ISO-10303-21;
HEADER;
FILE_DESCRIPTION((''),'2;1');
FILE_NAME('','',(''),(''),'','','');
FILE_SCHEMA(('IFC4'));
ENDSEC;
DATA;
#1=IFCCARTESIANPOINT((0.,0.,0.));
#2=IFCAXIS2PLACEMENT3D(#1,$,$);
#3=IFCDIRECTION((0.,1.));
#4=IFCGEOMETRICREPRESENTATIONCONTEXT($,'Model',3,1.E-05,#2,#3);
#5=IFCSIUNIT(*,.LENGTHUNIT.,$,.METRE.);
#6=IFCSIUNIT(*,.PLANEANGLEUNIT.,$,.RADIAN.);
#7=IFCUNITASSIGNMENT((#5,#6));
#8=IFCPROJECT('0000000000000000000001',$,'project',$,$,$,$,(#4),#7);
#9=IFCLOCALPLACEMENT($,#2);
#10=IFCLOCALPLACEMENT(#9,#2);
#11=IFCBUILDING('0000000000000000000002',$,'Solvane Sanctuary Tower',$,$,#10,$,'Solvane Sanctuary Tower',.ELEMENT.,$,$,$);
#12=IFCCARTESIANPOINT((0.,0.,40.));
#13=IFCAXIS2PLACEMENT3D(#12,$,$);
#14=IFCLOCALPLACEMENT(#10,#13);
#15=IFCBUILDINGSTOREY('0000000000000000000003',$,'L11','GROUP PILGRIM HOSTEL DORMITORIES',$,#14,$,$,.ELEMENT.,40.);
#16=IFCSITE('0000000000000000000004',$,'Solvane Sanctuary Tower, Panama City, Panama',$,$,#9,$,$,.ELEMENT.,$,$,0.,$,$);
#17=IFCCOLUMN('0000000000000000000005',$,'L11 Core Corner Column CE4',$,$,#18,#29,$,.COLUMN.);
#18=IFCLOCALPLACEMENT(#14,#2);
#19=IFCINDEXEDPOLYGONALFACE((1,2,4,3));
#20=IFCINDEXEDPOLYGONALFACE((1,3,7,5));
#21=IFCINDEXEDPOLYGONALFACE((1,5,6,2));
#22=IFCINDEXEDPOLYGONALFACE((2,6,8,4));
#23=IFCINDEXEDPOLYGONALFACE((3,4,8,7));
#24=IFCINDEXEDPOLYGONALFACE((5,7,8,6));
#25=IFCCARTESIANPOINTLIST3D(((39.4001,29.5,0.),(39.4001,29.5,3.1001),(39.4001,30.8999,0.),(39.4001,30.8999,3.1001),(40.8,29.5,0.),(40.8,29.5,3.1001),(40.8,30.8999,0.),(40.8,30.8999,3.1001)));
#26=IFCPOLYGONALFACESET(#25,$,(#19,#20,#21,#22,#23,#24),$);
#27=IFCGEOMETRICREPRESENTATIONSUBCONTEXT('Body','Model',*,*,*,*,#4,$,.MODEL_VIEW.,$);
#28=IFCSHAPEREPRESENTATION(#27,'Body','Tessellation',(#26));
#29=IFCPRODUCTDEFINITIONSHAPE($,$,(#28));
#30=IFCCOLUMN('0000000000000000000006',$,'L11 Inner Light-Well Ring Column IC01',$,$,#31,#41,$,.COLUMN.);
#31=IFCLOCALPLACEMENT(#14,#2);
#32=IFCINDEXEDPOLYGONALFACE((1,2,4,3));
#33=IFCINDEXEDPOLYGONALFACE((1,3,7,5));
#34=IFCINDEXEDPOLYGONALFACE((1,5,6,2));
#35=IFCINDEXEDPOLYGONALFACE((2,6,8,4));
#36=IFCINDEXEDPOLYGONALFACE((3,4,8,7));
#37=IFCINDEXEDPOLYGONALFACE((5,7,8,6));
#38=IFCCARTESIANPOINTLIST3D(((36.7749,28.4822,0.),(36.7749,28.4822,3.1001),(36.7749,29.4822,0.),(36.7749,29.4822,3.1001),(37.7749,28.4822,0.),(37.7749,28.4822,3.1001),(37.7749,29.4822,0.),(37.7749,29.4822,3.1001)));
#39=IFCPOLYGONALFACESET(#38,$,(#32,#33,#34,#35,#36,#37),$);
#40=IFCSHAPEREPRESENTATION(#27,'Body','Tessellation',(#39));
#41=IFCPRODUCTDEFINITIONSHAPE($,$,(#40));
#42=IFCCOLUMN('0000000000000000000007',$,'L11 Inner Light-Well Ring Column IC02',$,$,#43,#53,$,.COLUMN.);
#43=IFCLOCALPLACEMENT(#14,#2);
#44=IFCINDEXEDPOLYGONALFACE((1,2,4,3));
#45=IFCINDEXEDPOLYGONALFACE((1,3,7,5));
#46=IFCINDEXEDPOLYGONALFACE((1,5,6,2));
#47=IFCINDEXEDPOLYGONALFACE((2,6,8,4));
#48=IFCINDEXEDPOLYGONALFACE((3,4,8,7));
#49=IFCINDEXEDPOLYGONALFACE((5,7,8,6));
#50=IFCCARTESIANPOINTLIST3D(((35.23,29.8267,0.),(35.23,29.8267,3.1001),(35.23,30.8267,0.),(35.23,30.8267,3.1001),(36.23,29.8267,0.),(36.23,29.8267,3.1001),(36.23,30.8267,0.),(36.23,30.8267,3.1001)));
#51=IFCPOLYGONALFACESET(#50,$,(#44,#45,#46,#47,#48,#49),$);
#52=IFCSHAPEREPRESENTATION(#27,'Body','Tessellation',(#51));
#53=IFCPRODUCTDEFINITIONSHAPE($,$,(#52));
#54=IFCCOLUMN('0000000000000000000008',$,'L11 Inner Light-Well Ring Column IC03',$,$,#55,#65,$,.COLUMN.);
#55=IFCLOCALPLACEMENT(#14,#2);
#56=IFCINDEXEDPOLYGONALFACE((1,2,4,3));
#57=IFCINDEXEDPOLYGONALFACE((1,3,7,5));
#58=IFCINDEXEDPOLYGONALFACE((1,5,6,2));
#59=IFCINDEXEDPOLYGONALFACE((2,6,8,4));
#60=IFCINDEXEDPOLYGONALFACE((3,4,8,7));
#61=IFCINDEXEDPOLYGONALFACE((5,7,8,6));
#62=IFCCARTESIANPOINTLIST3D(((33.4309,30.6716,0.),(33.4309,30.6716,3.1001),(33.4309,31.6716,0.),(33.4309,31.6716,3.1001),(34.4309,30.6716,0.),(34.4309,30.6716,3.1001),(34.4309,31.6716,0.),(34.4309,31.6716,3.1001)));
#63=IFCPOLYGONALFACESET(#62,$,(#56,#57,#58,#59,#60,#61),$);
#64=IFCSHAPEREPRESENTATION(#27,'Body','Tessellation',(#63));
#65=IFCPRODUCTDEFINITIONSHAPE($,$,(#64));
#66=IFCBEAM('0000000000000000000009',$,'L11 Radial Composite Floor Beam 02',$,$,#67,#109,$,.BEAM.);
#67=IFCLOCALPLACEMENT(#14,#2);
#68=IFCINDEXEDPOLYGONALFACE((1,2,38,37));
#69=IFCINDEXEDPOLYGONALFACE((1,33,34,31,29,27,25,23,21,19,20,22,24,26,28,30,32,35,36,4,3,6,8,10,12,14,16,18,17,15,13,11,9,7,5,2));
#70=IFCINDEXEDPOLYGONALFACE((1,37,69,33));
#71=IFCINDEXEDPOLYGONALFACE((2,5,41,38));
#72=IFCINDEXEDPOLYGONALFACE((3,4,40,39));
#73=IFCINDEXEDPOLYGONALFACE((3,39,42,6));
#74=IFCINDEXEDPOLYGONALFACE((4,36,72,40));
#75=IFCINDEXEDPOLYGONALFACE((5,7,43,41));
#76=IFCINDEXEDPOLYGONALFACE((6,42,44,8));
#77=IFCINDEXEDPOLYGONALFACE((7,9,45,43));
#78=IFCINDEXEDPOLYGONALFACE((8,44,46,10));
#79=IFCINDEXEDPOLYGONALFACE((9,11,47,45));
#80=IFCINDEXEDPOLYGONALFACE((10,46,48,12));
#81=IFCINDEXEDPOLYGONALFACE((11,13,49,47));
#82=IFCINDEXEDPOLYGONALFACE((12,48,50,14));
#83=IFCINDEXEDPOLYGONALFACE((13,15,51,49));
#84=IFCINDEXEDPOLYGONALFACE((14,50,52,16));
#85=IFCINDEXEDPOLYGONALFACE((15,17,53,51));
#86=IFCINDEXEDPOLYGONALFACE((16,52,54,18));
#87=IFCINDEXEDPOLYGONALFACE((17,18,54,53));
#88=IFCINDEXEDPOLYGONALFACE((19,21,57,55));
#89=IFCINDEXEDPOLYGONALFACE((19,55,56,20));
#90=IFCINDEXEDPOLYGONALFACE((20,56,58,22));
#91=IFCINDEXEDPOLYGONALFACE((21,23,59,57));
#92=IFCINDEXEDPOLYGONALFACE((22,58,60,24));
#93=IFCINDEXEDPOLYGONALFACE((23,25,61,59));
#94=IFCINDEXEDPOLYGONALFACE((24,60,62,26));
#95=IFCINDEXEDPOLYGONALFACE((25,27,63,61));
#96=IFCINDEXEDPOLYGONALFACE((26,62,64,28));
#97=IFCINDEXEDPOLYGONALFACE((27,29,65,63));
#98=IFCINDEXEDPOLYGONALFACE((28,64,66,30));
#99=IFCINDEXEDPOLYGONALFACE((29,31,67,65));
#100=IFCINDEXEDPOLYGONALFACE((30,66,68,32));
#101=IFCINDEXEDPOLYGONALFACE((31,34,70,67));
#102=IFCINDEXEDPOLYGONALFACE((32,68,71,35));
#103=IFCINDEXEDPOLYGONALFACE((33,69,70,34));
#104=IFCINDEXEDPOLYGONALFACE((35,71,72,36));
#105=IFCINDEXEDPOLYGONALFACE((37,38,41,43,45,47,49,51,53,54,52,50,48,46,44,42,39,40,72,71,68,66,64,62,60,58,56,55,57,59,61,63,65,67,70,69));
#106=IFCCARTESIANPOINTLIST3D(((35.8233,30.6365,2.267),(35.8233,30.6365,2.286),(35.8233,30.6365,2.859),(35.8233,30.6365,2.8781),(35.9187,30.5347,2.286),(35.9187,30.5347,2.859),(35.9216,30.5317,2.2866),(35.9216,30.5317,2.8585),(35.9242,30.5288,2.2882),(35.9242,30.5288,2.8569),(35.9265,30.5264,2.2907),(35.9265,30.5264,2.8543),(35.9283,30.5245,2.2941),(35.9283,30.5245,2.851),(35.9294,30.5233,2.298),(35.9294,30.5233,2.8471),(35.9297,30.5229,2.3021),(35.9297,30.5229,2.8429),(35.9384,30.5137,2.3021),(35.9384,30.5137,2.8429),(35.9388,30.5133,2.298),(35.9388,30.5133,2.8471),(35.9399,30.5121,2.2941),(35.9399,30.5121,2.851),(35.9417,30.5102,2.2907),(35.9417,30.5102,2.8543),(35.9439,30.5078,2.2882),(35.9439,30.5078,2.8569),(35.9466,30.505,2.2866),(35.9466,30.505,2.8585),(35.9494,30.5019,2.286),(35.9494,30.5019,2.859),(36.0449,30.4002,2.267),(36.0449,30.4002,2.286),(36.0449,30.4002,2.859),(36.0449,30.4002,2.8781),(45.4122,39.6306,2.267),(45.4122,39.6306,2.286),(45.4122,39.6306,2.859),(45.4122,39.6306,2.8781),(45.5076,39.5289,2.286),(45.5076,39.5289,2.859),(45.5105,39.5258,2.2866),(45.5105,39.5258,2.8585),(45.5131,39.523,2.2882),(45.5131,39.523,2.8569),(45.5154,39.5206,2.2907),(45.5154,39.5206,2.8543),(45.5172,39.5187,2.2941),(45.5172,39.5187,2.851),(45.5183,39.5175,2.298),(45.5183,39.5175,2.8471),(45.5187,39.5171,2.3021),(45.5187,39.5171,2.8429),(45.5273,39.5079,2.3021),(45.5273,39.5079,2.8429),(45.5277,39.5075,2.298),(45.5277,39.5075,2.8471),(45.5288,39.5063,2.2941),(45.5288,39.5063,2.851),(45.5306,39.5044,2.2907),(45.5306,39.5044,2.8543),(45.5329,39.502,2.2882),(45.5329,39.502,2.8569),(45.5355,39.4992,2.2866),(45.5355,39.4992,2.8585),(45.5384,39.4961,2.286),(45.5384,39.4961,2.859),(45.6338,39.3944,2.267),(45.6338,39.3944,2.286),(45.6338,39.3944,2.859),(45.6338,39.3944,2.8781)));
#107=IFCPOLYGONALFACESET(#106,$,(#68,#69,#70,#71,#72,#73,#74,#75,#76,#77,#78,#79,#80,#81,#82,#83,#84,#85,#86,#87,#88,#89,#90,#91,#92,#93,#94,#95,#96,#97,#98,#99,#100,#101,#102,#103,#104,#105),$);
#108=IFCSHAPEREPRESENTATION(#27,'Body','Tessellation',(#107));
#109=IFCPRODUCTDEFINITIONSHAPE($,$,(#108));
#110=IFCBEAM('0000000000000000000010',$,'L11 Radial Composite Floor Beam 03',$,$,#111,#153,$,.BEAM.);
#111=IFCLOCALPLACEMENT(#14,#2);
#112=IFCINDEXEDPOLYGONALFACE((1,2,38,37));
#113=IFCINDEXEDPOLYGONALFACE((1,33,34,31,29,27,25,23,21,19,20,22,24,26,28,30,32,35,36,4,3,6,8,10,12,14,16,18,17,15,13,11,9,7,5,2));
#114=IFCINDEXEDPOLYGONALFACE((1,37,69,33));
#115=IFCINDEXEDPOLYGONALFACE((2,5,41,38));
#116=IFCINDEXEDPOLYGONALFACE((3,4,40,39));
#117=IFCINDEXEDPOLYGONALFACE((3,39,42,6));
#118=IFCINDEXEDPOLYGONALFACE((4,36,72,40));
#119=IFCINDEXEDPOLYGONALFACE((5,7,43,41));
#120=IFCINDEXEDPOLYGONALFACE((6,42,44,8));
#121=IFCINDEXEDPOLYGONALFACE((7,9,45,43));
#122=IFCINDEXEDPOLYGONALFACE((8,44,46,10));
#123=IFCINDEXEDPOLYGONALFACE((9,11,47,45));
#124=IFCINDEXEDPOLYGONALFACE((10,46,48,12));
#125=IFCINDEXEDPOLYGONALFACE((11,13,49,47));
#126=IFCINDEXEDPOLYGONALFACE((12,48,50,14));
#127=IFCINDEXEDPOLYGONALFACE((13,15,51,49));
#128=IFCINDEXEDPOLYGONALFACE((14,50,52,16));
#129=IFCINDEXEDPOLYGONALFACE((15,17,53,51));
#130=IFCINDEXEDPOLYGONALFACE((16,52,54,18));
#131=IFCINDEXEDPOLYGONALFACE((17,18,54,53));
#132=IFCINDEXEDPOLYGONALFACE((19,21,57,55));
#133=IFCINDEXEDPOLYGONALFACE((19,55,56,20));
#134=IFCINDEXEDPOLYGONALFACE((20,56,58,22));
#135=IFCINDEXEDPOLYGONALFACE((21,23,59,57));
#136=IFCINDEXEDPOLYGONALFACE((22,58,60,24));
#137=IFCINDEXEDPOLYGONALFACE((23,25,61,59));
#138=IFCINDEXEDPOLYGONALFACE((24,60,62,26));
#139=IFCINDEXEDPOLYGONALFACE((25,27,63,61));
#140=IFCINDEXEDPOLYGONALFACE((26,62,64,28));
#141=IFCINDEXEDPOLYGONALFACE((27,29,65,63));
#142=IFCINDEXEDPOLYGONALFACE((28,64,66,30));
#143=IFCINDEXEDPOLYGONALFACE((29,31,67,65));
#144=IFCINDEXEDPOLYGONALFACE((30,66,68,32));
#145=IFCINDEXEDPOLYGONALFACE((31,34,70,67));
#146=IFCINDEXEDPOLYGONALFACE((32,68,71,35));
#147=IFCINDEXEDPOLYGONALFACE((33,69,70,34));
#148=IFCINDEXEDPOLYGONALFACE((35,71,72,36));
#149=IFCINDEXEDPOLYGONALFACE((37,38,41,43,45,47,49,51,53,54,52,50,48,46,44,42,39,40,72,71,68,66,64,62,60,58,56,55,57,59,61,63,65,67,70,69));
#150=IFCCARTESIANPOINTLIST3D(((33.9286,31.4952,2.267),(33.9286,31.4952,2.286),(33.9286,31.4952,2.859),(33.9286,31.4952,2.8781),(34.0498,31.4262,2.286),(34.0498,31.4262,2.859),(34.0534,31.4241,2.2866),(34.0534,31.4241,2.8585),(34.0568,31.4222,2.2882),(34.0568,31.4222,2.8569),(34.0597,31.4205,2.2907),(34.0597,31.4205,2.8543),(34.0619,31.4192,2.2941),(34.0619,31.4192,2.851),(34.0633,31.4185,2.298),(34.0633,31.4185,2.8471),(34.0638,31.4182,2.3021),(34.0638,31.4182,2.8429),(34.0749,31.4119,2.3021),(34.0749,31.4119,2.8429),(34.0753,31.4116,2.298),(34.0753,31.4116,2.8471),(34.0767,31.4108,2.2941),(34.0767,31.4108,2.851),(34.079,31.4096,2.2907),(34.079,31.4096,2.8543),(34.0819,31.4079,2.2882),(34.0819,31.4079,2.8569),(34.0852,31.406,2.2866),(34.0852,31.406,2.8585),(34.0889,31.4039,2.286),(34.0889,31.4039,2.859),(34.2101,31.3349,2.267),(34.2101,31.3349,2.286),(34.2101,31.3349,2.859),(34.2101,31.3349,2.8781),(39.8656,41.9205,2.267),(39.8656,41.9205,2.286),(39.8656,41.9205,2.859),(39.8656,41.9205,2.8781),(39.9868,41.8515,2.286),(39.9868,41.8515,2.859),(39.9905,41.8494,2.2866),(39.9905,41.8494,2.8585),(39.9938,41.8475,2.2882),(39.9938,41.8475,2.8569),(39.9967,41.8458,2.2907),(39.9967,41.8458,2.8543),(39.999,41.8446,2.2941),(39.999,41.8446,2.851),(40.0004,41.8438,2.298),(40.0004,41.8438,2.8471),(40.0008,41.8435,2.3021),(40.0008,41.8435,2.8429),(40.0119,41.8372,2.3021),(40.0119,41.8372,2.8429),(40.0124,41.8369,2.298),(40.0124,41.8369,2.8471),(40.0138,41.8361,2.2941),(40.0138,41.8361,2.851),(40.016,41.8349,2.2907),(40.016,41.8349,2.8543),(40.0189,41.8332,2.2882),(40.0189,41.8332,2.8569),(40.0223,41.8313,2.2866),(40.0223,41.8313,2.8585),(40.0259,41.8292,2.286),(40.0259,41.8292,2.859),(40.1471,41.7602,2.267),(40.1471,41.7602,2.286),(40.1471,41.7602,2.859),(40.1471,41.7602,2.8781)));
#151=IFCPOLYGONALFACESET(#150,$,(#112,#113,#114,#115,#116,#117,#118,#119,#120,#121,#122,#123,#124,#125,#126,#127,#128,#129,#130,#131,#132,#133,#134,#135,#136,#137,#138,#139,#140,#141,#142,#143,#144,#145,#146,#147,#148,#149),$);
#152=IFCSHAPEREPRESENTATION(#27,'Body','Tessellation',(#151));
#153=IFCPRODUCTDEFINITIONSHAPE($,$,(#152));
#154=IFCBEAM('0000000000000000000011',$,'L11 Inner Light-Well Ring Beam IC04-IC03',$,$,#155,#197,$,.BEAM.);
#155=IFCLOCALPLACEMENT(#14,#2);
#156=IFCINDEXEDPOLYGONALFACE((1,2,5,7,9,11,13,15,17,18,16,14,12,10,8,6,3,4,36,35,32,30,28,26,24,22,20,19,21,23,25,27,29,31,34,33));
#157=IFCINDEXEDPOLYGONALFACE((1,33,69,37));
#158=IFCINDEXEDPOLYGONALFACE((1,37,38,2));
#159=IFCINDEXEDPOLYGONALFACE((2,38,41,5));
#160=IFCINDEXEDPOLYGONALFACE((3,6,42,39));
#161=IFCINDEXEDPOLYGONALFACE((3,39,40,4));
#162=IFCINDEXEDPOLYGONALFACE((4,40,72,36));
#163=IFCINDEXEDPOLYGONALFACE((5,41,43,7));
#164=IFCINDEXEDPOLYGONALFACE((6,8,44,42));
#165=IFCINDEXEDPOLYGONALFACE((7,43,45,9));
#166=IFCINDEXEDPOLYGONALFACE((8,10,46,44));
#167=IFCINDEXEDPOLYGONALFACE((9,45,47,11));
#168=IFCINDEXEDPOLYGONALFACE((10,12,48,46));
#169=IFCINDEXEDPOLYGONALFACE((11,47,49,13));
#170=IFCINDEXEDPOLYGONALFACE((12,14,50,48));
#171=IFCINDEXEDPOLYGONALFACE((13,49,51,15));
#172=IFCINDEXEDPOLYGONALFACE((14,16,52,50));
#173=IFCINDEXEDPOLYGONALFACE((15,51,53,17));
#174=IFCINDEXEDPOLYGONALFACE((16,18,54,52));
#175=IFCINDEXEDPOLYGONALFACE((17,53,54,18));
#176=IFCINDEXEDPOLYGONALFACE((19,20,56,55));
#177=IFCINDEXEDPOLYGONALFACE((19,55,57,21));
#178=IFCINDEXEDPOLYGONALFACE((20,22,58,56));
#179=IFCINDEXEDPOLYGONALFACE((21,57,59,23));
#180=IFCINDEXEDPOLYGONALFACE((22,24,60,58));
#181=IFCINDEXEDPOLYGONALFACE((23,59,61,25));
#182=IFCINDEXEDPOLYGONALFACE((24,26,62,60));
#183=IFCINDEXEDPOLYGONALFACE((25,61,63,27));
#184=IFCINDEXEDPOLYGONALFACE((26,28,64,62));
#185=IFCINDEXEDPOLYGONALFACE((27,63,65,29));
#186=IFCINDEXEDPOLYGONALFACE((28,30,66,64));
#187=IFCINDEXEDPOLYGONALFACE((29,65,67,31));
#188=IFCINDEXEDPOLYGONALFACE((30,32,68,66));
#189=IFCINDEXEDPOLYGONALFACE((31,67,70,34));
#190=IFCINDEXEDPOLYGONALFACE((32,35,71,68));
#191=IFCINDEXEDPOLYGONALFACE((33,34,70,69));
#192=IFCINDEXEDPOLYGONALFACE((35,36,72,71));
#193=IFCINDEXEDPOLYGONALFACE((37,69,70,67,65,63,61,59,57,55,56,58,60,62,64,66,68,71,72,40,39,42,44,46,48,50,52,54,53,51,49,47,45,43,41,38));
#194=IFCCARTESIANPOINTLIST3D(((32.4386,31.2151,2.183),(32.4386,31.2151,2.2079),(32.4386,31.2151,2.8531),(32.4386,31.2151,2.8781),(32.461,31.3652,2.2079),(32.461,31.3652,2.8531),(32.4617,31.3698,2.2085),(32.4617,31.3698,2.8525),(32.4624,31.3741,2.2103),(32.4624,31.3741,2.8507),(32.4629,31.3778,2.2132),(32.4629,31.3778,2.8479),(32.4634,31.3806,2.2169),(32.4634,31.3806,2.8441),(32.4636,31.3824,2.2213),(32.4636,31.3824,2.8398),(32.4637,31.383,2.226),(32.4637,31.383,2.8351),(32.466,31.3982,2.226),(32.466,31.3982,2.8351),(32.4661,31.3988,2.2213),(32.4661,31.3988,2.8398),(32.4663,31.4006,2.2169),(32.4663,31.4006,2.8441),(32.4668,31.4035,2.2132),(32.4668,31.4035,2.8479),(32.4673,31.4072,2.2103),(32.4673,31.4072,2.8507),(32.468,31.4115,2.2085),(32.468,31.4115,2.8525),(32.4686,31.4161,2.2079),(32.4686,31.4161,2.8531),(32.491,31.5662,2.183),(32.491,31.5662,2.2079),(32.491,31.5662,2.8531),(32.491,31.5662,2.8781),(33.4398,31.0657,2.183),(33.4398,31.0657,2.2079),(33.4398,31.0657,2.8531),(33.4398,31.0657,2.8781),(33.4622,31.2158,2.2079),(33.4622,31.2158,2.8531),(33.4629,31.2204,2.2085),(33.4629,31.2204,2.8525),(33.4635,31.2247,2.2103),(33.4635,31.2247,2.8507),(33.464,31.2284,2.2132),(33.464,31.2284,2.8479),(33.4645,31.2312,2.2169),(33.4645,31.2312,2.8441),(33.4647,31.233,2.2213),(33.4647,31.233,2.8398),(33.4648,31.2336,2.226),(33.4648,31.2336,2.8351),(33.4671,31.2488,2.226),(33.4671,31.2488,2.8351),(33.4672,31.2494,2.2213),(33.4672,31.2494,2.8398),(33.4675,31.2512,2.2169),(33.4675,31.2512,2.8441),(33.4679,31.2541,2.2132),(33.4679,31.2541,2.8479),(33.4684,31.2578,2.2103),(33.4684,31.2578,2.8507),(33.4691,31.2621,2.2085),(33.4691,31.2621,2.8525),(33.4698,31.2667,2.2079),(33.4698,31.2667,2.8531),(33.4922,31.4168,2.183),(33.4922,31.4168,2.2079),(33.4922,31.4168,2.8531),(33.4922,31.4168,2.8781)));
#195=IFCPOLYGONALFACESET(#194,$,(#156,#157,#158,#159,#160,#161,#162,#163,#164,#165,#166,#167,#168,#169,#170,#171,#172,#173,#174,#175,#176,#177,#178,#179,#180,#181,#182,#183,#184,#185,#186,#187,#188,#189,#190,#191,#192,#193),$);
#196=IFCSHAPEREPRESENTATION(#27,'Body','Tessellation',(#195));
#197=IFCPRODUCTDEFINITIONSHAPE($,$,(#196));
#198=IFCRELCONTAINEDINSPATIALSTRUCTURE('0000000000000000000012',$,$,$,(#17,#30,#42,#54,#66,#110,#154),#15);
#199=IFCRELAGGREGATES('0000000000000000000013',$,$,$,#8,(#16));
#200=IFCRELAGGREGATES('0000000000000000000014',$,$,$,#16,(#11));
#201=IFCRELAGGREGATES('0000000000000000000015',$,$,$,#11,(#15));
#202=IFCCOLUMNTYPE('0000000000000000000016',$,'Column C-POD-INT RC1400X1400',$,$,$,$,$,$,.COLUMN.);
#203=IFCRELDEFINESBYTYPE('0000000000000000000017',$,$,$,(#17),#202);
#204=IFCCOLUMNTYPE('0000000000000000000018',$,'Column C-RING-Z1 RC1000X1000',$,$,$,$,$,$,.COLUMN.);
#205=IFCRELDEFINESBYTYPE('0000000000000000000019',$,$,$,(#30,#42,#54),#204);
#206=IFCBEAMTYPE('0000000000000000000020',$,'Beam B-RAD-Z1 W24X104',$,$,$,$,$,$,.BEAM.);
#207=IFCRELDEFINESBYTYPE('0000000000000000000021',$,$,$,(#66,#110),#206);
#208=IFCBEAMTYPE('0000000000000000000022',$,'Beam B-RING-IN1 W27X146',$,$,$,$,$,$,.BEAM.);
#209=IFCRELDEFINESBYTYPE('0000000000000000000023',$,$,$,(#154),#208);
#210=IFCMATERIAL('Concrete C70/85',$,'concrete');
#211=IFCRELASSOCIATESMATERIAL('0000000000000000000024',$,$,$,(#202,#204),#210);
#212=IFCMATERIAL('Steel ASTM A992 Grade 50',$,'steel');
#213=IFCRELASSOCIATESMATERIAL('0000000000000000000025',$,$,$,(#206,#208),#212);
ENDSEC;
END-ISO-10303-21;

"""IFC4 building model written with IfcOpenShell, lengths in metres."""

from ifc_helpers import new_model, si_unit, direction, frame, origin, origin_2d, place, context, subcontext, project, spatial, rectangle, i_section, extrude, material, material_profile, profile_set, type_object, element, save


model = new_model("IFC4")

# Units and contexts
model_context = context("Model", 3, precision=1e-05, world=origin(), true_north=direction((0.0, 1.0)))
body_context = subcontext(model_context, "Body", "Model", "MODEL_VIEW")
ifc_project = project(units=[si_unit("LENGTHUNIT", "METRE"), si_unit("PLANEANGLEUNIT", "RADIAN")], contexts=[model_context])

# Site, building, storey
site_placement = place(None, origin())
site = spatial("IfcSite", under=ifc_project, at=site_placement, Name="Solvane Sanctuary Tower, Panama City, Panama", CompositionType="ELEMENT", RefElevation=0.0)
building_placement = place(site_placement, origin())
building = spatial("IfcBuilding", under=site, at=building_placement, Name="Solvane Sanctuary Tower", LongName="Solvane Sanctuary Tower", CompositionType="ELEMENT")
storey_placement = place(building_placement, frame((0.0, 0.0, 40.0)))
storey = spatial("IfcBuildingStorey", under=building, at=storey_placement, Name="L11", Description="GROUP PILGRIM HOSTEL DORMITORIES", CompositionType="ELEMENT", Elevation=40.0)

# Columns
ifc_material_1 = material(Name="Concrete C70/85", Category="concrete")
ifc_material_profile_1 = material_profile(ifc_material_1, rectangle(XDim=1.3999, YDim=1.3999, at=origin_2d()), Name="RC1400X1400")
ifc_profile_set_1 = profile_set([ifc_material_profile_1], Name="Concrete C70/85")
column_type_1 = type_object("IfcColumnType", Name="Column C-POD-INT RC1400X1400", PredefinedType="COLUMN", material=ifc_profile_set_1)
column_placement = place(storey_placement, frame((40.1001, 30.2, 0.0), z_axis=(0.0, 0.0, 1.0), x_axis=(1.0, 0.0, 0.0)))
element("IfcColumn", 1, at=column_placement, inside=storey, type_object=column_type_1, Name="L11 Core Corner Column CE4", PredefinedType="COLUMN", context=body_context, shape_type="SweptSolid", body=[
    extrude(rectangle(XDim=1.3999, YDim=1.3999, at=origin_2d()), origin(), (0.0, 0.0, 1.0), 3.1001),
])
ifc_material_profile_2 = material_profile(ifc_material_1, rectangle(XDim=1.0, YDim=1.0, at=origin_2d()), Name="RC1000X1000")
ifc_profile_set_2 = profile_set([ifc_material_profile_2], Name="Concrete C70/85")
column_type_2 = type_object("IfcColumnType", Name="Column C-RING-Z1 RC1000X1000", PredefinedType="COLUMN", material=ifc_profile_set_2)
for number, where, z_axis, x_axis, name in (
    (2, (37.2749, 28.9822, 0.0), (0.0, 0.0, 1.0), (1.0, 0.0, 0.0), "L11 Inner Light-Well Ring Column IC01"),
    (3, (35.73, 30.3267, 0.0), (0.0, 0.0, 1.0), (1.0, 0.0, 0.0), "L11 Inner Light-Well Ring Column IC02"),
    (4, (33.9309, 31.1716, 0.0), (0.0, 0.0, 1.0), (1.0, 0.0, 0.0), "L11 Inner Light-Well Ring Column IC03"),
):
    element("IfcColumn", number, at=place(storey_placement, frame(where, z_axis=z_axis, x_axis=x_axis)), inside=storey, type_object=column_type_2, Name=name, PredefinedType="COLUMN", context=body_context, shape_type="SweptSolid", body=[
        extrude(rectangle(XDim=1.0, YDim=1.0, at=origin_2d()), origin(), (0.0, 0.0, 1.0), 3.1001),
    ])

# Beams
ifc_material_2 = material(Name="Steel ASTM A992 Grade 50", Category="steel")
ifc_material_profile_3 = material_profile(ifc_material_2, i_section(OverallWidth=0.324, OverallDepth=0.6111, WebThickness=0.0127, FlangeThickness=0.019, FilletRadius=0.0161, at=origin_2d()), Name="W24X104")
ifc_profile_set_3 = profile_set([ifc_material_profile_3], Name="Steel ASTM A992 Grade 50")
beam_type_1 = type_object("IfcBeamType", Name="Beam B-RAD-Z1 W24X104", PredefinedType="BEAM", material=ifc_profile_set_3)
beam_1_placement = place(storey_placement, frame((35.9341, 30.5183, 2.5725), z_axis=(0.729363, 0.684126, 0.0), x_axis=(-0.684126, 0.729363, 0.0)))
element("IfcBeam", 5, at=beam_1_placement, inside=storey, type_object=beam_type_1, Name="L11 Radial Composite Floor Beam 02", PredefinedType="BEAM", context=body_context, shape_type="SweptSolid", body=[
    extrude(i_section(OverallWidth=0.324, OverallDepth=0.6111, WebThickness=0.0127, FlangeThickness=0.019, FilletRadius=0.0161, at=origin_2d()), origin(), (0.0, 0.0, 1.0), 13.147),
])
beam_2_placement = place(storey_placement, frame((34.0693, 31.415, 2.5725), z_axis=(0.494863, 0.868971, 0.0), x_axis=(-0.868971, 0.494863, 0.0)))
element("IfcBeam", 6, at=beam_2_placement, inside=storey, type_object=beam_type_1, Name="L11 Radial Composite Floor Beam 03", PredefinedType="BEAM", context=body_context, shape_type="SweptSolid", body=[
    extrude(i_section(OverallWidth=0.324, OverallDepth=0.6111, WebThickness=0.0127, FlangeThickness=0.019, FilletRadius=0.0161, at=origin_2d()), origin(), (0.0, 0.0, 1.0), 11.9973),
])
ifc_material_profile_4 = material_profile(ifc_material_2, i_section(OverallWidth=0.355, OverallDepth=0.6951, WebThickness=0.0154, FlangeThickness=0.0249, FilletRadius=0.0181, at=origin_2d()), Name="W27X146")
ifc_profile_set_4 = profile_set([ifc_material_profile_4], Name="Steel ASTM A992 Grade 50")
beam_type_2 = type_object("IfcBeamType", Name="Beam B-RING-IN1 W27X146", PredefinedType="BEAM", material=ifc_profile_set_4)
beam_3_placement = place(storey_placement, frame((32.4648, 31.3906, 2.5305), z_axis=(0.989048, -0.147597, 0.0), x_axis=(0.147597, 0.989048, 0.0)))
element("IfcBeam", 7, at=beam_3_placement, inside=storey, type_object=beam_type_2, Name="L11 Inner Light-Well Ring Beam IC04-IC03", PredefinedType="BEAM", context=body_context, shape_type="SweptSolid", body=[
    extrude(i_section(OverallWidth=0.355, OverallDepth=0.6951, WebThickness=0.0154, FlangeThickness=0.0249, FilletRadius=0.0181, at=origin_2d()), origin(), (0.0, 0.0, 1.0), 1.0122),
])

save(model, "model.ifc")
